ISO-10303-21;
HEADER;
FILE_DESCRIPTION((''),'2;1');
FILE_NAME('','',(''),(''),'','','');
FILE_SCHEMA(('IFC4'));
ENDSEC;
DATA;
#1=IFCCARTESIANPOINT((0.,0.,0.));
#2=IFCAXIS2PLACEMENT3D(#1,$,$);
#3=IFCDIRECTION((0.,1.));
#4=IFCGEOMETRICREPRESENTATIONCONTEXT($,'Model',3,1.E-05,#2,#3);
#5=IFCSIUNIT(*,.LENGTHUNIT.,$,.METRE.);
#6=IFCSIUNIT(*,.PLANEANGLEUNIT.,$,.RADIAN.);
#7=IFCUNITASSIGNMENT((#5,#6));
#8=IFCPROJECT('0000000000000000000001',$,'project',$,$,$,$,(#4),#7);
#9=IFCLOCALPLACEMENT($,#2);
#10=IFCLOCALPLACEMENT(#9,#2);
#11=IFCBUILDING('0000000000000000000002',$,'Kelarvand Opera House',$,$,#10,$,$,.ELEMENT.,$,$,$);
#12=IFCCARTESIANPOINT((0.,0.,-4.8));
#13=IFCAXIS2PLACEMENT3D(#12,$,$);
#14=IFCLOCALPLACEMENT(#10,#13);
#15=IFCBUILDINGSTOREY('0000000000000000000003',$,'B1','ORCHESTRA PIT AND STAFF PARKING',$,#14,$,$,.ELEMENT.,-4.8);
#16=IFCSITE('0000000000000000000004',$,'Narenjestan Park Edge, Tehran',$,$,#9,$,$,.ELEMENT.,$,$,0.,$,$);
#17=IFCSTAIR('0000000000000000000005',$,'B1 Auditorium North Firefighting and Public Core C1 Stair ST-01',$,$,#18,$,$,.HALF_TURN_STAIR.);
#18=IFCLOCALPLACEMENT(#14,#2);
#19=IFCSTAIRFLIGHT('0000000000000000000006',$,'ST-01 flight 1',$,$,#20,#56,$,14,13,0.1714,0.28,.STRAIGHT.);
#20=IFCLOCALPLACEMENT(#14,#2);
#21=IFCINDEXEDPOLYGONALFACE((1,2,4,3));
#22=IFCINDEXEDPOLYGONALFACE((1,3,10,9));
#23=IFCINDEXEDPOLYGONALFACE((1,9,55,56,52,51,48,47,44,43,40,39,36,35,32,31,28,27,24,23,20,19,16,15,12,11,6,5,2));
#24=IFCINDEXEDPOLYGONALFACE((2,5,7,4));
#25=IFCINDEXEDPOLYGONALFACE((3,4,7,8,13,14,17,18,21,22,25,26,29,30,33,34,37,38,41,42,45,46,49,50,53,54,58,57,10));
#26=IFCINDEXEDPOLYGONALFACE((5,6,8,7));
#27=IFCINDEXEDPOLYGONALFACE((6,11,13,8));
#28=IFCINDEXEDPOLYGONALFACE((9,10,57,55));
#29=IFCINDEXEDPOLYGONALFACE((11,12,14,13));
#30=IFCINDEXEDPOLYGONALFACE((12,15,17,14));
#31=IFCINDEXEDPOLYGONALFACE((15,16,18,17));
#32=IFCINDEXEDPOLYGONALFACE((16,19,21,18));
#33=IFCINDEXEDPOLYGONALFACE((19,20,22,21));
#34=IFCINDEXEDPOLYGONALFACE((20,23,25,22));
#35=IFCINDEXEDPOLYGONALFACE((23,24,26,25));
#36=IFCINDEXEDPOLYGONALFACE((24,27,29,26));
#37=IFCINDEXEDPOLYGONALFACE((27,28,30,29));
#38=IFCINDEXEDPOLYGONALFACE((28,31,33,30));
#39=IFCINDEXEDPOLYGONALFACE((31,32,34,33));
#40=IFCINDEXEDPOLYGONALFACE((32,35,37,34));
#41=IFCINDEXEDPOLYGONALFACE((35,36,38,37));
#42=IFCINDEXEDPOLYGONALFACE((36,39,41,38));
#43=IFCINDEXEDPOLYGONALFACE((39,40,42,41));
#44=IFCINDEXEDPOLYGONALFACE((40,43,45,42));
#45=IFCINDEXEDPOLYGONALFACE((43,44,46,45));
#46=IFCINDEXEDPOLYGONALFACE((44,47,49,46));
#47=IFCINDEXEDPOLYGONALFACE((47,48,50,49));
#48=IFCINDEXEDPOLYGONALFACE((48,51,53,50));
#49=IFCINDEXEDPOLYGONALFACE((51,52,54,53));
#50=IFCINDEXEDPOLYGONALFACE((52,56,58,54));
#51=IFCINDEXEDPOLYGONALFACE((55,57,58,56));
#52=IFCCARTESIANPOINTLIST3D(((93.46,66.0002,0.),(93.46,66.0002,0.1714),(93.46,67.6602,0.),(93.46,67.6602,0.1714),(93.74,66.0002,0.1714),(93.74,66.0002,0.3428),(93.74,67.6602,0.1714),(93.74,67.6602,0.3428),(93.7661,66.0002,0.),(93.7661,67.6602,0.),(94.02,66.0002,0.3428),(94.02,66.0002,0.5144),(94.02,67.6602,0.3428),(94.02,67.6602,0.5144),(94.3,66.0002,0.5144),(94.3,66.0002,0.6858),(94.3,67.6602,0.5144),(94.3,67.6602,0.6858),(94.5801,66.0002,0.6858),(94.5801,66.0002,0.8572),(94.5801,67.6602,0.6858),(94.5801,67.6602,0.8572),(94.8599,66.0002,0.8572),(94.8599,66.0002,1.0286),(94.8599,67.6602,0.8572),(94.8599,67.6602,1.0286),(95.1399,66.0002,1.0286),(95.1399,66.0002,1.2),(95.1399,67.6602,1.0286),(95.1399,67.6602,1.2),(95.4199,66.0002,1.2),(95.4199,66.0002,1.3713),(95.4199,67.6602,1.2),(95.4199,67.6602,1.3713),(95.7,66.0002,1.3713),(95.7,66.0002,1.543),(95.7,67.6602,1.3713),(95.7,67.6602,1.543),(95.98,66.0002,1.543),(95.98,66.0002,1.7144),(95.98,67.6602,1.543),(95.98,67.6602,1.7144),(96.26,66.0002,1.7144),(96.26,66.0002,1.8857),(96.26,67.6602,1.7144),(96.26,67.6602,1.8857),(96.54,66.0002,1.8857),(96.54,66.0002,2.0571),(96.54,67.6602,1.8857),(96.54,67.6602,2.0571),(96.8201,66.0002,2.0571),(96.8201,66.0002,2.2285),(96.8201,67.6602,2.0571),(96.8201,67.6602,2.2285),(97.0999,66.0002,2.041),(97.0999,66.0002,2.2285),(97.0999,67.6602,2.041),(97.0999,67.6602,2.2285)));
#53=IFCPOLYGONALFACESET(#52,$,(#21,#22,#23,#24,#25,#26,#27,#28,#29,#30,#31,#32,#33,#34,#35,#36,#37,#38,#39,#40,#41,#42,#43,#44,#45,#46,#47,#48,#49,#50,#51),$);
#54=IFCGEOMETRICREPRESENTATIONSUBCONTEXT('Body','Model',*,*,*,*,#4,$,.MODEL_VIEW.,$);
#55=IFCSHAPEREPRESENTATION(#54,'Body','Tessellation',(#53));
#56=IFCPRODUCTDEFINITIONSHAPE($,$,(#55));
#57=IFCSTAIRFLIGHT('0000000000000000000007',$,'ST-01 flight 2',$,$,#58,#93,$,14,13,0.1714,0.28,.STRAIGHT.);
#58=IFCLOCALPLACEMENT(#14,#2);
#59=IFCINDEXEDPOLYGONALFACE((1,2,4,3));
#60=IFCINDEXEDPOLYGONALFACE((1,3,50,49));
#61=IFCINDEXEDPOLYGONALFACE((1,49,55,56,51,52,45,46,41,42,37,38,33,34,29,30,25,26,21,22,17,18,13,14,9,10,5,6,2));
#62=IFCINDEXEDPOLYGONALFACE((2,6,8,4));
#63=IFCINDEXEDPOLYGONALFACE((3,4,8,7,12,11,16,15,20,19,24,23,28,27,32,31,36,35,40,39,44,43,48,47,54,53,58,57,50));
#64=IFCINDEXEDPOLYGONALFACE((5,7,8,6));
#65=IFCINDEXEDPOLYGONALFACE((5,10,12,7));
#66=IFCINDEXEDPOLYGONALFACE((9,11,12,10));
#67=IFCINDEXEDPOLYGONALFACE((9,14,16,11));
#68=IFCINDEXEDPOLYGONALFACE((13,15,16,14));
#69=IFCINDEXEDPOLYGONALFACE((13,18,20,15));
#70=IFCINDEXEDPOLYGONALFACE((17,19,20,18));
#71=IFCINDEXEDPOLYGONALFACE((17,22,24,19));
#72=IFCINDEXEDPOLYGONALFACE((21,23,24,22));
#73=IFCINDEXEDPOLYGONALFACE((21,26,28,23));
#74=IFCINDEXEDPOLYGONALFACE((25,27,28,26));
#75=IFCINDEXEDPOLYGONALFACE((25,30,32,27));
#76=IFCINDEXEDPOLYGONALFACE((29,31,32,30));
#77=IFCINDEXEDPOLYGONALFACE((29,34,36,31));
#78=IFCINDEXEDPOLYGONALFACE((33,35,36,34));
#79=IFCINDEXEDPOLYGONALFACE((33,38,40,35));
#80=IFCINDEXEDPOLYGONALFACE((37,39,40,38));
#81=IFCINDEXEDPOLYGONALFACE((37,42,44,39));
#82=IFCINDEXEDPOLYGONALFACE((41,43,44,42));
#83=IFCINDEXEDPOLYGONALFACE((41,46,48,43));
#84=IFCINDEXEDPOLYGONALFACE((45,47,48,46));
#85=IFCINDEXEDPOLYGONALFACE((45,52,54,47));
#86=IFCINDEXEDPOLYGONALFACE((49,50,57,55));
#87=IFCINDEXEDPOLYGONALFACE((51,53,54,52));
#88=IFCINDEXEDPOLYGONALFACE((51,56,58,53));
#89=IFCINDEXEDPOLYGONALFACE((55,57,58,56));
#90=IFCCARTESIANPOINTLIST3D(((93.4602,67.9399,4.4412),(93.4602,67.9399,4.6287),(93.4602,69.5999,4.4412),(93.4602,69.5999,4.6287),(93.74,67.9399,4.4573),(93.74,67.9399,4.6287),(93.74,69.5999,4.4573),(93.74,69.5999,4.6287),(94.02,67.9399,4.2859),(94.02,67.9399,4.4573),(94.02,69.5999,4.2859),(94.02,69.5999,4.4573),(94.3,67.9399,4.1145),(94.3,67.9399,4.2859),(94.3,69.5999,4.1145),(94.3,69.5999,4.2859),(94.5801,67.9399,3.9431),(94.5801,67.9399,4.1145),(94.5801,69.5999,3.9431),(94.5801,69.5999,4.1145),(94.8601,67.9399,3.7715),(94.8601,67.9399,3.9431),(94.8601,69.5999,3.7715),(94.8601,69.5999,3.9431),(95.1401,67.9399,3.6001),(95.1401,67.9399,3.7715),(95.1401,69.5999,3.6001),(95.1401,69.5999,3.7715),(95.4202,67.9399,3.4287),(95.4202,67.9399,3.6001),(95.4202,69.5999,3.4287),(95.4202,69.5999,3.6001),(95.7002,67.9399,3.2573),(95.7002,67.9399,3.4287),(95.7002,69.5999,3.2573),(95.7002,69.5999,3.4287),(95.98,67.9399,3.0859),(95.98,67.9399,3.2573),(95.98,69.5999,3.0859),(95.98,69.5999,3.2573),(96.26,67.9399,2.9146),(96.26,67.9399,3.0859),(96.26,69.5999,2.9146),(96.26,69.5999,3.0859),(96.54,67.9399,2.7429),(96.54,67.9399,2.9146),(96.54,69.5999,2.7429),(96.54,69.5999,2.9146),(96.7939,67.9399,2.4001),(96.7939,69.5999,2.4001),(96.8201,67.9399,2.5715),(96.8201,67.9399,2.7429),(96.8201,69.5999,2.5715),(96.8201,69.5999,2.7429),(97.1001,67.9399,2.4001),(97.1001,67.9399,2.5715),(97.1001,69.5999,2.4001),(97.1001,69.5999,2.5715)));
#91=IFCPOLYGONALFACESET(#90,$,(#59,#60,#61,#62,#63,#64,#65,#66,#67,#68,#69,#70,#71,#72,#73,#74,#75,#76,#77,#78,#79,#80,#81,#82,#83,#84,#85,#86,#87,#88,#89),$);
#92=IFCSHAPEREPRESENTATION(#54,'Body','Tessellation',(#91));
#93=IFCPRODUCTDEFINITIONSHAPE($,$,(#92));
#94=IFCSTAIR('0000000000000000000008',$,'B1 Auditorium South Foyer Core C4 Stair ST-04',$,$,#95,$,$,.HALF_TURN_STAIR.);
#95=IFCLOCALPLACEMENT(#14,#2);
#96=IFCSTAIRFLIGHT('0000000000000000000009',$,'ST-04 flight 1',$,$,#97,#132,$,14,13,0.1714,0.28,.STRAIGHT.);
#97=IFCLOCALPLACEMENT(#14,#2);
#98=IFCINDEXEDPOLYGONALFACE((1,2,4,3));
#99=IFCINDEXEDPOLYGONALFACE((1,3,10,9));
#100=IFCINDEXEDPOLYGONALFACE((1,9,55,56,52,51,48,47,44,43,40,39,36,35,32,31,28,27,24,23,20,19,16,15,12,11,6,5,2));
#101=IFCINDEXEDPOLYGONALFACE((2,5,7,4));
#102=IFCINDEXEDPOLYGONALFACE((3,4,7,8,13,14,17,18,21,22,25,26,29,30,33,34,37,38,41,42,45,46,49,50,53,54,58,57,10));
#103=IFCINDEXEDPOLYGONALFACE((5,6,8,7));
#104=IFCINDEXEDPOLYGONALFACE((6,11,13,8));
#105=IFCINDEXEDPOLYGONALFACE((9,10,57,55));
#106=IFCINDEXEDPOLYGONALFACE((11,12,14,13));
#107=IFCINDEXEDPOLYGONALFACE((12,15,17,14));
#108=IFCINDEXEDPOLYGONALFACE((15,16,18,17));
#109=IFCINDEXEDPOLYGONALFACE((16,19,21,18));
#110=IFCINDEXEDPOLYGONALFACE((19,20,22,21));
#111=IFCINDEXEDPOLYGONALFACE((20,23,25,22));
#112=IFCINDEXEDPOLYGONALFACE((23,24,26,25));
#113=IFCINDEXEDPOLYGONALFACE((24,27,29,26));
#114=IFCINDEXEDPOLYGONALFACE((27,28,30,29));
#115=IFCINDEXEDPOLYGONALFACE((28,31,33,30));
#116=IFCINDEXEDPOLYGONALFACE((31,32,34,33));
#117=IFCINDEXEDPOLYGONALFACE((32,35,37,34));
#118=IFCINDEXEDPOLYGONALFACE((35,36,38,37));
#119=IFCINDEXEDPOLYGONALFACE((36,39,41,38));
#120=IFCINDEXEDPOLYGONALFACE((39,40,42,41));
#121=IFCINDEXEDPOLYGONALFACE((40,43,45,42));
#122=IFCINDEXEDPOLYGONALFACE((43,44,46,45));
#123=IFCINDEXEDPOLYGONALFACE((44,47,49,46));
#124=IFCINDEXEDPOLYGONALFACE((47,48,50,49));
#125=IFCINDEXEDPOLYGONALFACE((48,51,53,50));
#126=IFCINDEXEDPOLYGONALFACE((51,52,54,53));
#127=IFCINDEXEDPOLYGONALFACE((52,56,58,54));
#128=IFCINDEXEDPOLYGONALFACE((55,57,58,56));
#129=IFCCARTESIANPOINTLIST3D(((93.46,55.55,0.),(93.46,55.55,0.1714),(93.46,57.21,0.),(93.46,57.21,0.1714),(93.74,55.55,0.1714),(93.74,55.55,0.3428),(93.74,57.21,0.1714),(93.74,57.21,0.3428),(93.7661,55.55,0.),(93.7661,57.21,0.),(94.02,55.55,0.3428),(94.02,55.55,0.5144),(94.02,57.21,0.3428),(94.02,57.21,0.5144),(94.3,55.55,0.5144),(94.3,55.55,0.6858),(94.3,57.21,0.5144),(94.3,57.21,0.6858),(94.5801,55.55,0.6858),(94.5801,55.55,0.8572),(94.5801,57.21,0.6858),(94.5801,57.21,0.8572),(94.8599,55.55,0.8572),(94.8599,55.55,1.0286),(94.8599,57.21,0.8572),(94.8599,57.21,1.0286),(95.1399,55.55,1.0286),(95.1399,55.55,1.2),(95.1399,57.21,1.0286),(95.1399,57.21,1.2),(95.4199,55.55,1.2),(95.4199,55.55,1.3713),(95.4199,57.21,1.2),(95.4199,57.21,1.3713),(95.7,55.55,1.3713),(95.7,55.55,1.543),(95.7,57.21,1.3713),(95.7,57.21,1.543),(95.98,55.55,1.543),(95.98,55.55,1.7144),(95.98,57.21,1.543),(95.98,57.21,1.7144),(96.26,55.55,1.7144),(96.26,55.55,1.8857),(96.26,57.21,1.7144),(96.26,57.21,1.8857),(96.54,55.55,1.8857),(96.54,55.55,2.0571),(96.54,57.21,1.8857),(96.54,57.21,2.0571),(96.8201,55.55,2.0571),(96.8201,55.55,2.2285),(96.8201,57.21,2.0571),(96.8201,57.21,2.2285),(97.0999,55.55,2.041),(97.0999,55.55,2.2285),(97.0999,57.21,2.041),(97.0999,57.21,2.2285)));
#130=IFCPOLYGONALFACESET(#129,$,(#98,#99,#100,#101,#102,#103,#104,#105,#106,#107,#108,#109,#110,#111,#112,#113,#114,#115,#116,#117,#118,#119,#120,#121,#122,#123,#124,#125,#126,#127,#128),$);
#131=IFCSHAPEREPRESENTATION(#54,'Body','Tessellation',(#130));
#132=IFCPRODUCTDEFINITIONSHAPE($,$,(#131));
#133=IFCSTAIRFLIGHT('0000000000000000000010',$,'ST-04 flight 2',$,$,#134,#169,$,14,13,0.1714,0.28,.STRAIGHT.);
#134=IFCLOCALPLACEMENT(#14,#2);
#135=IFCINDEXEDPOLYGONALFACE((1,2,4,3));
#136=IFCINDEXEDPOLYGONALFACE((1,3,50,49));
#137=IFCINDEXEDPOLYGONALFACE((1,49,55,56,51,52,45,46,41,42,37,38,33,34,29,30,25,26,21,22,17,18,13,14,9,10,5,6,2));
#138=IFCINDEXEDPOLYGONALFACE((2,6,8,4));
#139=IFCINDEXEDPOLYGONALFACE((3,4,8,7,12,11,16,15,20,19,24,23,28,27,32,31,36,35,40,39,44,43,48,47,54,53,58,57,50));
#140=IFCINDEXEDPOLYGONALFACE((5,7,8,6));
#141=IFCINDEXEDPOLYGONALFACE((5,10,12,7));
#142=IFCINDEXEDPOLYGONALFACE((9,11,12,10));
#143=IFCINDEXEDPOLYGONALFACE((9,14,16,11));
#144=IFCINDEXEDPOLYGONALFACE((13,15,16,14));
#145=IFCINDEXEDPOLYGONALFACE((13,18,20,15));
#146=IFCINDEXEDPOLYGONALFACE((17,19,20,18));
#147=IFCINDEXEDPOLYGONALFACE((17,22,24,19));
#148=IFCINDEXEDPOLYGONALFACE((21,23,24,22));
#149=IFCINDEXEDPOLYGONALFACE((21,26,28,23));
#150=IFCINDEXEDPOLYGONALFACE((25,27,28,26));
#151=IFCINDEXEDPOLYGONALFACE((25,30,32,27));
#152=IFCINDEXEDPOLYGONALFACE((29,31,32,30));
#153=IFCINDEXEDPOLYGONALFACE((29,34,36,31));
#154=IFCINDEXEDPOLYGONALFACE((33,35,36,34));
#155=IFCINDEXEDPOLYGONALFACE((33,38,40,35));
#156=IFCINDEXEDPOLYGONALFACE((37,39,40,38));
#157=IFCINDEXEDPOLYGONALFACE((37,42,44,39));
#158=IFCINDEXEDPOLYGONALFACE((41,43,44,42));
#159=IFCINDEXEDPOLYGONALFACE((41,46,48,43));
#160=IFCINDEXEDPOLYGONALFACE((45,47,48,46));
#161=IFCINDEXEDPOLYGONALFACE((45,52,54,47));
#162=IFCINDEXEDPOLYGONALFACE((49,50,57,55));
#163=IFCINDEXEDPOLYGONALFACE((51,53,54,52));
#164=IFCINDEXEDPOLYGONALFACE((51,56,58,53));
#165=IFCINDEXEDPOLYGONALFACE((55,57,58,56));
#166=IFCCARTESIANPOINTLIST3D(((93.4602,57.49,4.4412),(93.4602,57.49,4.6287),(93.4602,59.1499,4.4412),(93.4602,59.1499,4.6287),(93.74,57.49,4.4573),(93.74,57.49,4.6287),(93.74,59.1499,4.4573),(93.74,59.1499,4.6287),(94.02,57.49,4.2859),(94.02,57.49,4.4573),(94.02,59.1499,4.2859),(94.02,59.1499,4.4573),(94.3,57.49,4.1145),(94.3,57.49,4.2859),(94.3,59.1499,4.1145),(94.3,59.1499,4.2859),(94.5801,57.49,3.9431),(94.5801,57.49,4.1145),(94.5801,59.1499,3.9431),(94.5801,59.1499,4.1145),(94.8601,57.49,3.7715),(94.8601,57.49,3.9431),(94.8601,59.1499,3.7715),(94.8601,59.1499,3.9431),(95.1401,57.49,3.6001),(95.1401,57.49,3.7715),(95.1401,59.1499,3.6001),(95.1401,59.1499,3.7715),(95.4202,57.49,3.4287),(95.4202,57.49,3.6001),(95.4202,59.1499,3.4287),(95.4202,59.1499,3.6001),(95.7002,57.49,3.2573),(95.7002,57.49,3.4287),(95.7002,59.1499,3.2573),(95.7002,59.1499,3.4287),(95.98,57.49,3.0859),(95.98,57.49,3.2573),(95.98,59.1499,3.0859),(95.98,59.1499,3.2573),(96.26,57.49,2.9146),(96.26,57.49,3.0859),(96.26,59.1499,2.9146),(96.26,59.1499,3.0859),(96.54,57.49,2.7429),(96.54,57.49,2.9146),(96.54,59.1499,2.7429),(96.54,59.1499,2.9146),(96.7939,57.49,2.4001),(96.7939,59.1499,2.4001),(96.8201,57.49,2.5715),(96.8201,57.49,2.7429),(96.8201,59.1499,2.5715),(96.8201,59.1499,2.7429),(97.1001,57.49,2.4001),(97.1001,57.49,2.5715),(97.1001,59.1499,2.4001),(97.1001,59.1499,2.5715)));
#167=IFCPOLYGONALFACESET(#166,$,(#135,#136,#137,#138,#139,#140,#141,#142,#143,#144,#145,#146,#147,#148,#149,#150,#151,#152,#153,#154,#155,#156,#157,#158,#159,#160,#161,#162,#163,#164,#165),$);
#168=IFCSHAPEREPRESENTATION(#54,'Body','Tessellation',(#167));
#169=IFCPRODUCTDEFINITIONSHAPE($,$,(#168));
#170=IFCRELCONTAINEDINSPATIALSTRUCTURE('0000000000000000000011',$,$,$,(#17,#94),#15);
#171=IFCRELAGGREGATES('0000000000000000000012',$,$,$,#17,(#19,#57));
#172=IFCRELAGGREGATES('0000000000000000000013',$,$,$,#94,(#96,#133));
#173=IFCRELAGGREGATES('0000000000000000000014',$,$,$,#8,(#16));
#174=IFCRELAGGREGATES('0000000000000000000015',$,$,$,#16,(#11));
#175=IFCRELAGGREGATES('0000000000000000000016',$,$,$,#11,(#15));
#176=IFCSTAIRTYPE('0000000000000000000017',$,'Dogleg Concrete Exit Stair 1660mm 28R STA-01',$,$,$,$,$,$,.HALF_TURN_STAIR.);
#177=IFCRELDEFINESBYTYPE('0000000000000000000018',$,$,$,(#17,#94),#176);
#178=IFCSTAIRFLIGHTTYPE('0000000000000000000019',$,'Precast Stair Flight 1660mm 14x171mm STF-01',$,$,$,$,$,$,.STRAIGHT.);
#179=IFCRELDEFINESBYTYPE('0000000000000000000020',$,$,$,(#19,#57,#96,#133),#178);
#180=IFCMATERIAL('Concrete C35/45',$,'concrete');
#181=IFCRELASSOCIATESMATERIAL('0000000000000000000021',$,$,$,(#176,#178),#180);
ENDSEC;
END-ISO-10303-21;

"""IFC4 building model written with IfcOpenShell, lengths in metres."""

from ifc_helpers import new_model, si_unit, direction, frame, origin, place, context, subcontext, project, spatial, polyline, outline, extrude, material, type_object, element, aggregate, save


model = new_model("IFC4")

# Units and contexts
model_context = context("Model", 3, precision=1e-05, world=origin(), true_north=direction((0.0, 1.0)))
body_context = subcontext(model_context, "Body", "Model", "MODEL_VIEW")
ifc_project = project(units=[si_unit("LENGTHUNIT", "METRE"), si_unit("PLANEANGLEUNIT", "RADIAN")], contexts=[model_context])

# Site, building, storey
site_placement = place(None, origin())
site = spatial("IfcSite", under=ifc_project, at=site_placement, Name="Narenjestan Park Edge, Tehran", CompositionType="ELEMENT", RefElevation=0.0)
building_placement = place(site_placement, origin())
building = spatial("IfcBuilding", under=site, at=building_placement, Name="Kelarvand Opera House", CompositionType="ELEMENT")
storey_placement = place(building_placement, frame((0.0, 0.0, -4.8)))
storey = spatial("IfcBuildingStorey", under=building, at=storey_placement, Name="B1", Description="ORCHESTRA PIT AND STAFF PARKING", CompositionType="ELEMENT", Elevation=-4.8)

# Shared definitions
ifc_material_1 = material(Name="Concrete C35/45", Category="concrete")

# Stairs, stair flights
stair_type = type_object("IfcStairType", Name="Dogleg Concrete Exit Stair 1660mm 28R STA-01", PredefinedType="HALF_TURN_STAIR", material=ifc_material_1)
stair_1_placement = place(storey_placement, origin())
stair_1 = element("IfcStair", 1, at=stair_1_placement, inside=storey, type_object=stair_type, Name="B1 Auditorium North Firefighting and Public Core C1 Stair ST-01", PredefinedType="HALF_TURN_STAIR")
stair_flight_type = type_object("IfcStairFlightType", Name="Precast Stair Flight 1660mm 14x171mm STF-01", PredefinedType="STRAIGHT", material=ifc_material_1)
stair_flight_1_placement = place(storey_placement, frame((93.46, 66.8301, 0.0), z_axis=(0.0, 0.0, 1.0), x_axis=(1.0, 0.0, 0.0)))
stair_flight_1 = element("IfcStairFlight", 2, at=stair_flight_1_placement, type_object=stair_flight_type, Name="ST-01 flight 1", NumberOfRisers=14, NumberOfTreads=13, PredefinedType="STRAIGHT", RiserHeight=0.1714, TreadLength=0.28, context=body_context, shape_type="SweptSolid", body=[
    extrude(outline(polyline([(0.0, 0.0), (0.0, 0.1714), (0.28, 0.1714), (0.28, 0.3428), (0.5601, 0.3428), (0.5601, 0.5144), (0.8401, 0.5144), (0.8401, 0.6858), (1.1201, 0.6858), (1.1201, 0.8572), (1.3999, 0.8572), (1.3999, 1.0286), (1.6799, 1.0286), (1.6799, 1.2), (1.96, 1.2), (1.96, 1.3713), (2.24, 1.3713), (2.24, 1.543), (2.52, 1.543), (2.52, 1.7144), (2.8, 1.7144), (2.8, 1.8857), (3.0801, 1.8857), (3.0801, 2.0571), (3.3601, 2.0571), (3.3601, 2.2285), (3.6399, 2.2285), (3.6399, 2.3999), (3.6399, 2.041), (0.3062, 0.0), (0.0, 0.0)])), frame((0.0, 0.8301, 0.0), z_axis=(0.0, -1.0, 0.0), x_axis=(1.0, 0.0, 0.0)), (0.0, 0.0, 1.0), 1.6599),
])
stair_flight_2_placement = place(storey_placement, frame((97.1001, 68.77, 2.4001), z_axis=(0.0, 0.0, 1.0), x_axis=(-1.0, 0.0, 0.0)))
stair_flight_2 = element("IfcStairFlight", 3, at=stair_flight_2_placement, type_object=stair_flight_type, Name="ST-01 flight 2", NumberOfRisers=14, NumberOfTreads=13, PredefinedType="STRAIGHT", RiserHeight=0.1714, TreadLength=0.28, context=body_context, shape_type="SweptSolid", body=[
    extrude(outline(polyline([(0.0, 0.0), (0.0, 0.1714), (0.28, 0.1714), (0.28, 0.3428), (0.5601, 0.3428), (0.5601, 0.5144), (0.8401, 0.5144), (0.8401, 0.6858), (1.1201, 0.6858), (1.1201, 0.8572), (1.3999, 0.8572), (1.3999, 1.0286), (1.6799, 1.0286), (1.6799, 1.2), (1.96, 1.2), (1.96, 1.3713), (2.24, 1.3713), (2.24, 1.543), (2.52, 1.543), (2.52, 1.7144), (2.8, 1.7144), (2.8, 1.8857), (3.0801, 1.8857), (3.0801, 2.0571), (3.3601, 2.0571), (3.3601, 2.2285), (3.6399, 2.2285), (3.6399, 2.3999), (3.6399, 2.041), (0.3062, 0.0), (0.0, 0.0)])), frame((0.0, 0.8301, 0.0), z_axis=(0.0, -1.0, 0.0), x_axis=(1.0, 0.0, 0.0)), (0.0, 0.0, 1.0), 1.6599),
])
aggregate(stair_1, [stair_flight_1, stair_flight_2])
stair_2_placement = place(storey_placement, origin())
stair_2 = element("IfcStair", 4, at=stair_2_placement, inside=storey, type_object=stair_type, Name="B1 Auditorium South Foyer Core C4 Stair ST-04", PredefinedType="HALF_TURN_STAIR")
stair_flight_3_placement = place(storey_placement, frame((93.46, 56.3799, 0.0), z_axis=(0.0, 0.0, 1.0), x_axis=(1.0, 0.0, 0.0)))
stair_flight_3 = element("IfcStairFlight", 5, at=stair_flight_3_placement, type_object=stair_flight_type, Name="ST-04 flight 1", NumberOfRisers=14, NumberOfTreads=13, PredefinedType="STRAIGHT", RiserHeight=0.1714, TreadLength=0.28, context=body_context, shape_type="SweptSolid", body=[
    extrude(outline(polyline([(0.0, 0.0), (0.0, 0.1714), (0.28, 0.1714), (0.28, 0.3428), (0.5601, 0.3428), (0.5601, 0.5144), (0.8401, 0.5144), (0.8401, 0.6858), (1.1201, 0.6858), (1.1201, 0.8572), (1.3999, 0.8572), (1.3999, 1.0286), (1.6799, 1.0286), (1.6799, 1.2), (1.96, 1.2), (1.96, 1.3713), (2.24, 1.3713), (2.24, 1.543), (2.52, 1.543), (2.52, 1.7144), (2.8, 1.7144), (2.8, 1.8857), (3.0801, 1.8857), (3.0801, 2.0571), (3.3601, 2.0571), (3.3601, 2.2285), (3.6399, 2.2285), (3.6399, 2.3999), (3.6399, 2.041), (0.3062, 0.0), (0.0, 0.0)])), frame((0.0, 0.8301, 0.0), z_axis=(0.0, -1.0, 0.0), x_axis=(1.0, 0.0, 0.0)), (0.0, 0.0, 1.0), 1.6599),
])
stair_flight_4_placement = place(storey_placement, frame((97.1001, 58.3201, 2.4001), z_axis=(0.0, 0.0, 1.0), x_axis=(-1.0, 0.0, 0.0)))
stair_flight_4 = element("IfcStairFlight", 6, at=stair_flight_4_placement, type_object=stair_flight_type, Name="ST-04 flight 2", NumberOfRisers=14, NumberOfTreads=13, PredefinedType="STRAIGHT", RiserHeight=0.1714, TreadLength=0.28, context=body_context, shape_type="SweptSolid", body=[
    extrude(outline(polyline([(0.0, 0.0), (0.0, 0.1714), (0.28, 0.1714), (0.28, 0.3428), (0.5601, 0.3428), (0.5601, 0.5144), (0.8401, 0.5144), (0.8401, 0.6858), (1.1201, 0.6858), (1.1201, 0.8572), (1.3999, 0.8572), (1.3999, 1.0286), (1.6799, 1.0286), (1.6799, 1.2), (1.96, 1.2), (1.96, 1.3713), (2.24, 1.3713), (2.24, 1.543), (2.52, 1.543), (2.52, 1.7144), (2.8, 1.7144), (2.8, 1.8857), (3.0801, 1.8857), (3.0801, 2.0571), (3.3601, 2.0571), (3.3601, 2.2285), (3.6399, 2.2285), (3.6399, 2.3999), (3.6399, 2.041), (0.3062, 0.0), (0.0, 0.0)])), frame((0.0, 0.8301, 0.0), z_axis=(0.0, -1.0, 0.0), x_axis=(1.0, 0.0, 0.0)), (0.0, 0.0, 1.0), 1.6599),
])
aggregate(stair_2, [stair_flight_3, stair_flight_4])

save(model, "model.ifc")
